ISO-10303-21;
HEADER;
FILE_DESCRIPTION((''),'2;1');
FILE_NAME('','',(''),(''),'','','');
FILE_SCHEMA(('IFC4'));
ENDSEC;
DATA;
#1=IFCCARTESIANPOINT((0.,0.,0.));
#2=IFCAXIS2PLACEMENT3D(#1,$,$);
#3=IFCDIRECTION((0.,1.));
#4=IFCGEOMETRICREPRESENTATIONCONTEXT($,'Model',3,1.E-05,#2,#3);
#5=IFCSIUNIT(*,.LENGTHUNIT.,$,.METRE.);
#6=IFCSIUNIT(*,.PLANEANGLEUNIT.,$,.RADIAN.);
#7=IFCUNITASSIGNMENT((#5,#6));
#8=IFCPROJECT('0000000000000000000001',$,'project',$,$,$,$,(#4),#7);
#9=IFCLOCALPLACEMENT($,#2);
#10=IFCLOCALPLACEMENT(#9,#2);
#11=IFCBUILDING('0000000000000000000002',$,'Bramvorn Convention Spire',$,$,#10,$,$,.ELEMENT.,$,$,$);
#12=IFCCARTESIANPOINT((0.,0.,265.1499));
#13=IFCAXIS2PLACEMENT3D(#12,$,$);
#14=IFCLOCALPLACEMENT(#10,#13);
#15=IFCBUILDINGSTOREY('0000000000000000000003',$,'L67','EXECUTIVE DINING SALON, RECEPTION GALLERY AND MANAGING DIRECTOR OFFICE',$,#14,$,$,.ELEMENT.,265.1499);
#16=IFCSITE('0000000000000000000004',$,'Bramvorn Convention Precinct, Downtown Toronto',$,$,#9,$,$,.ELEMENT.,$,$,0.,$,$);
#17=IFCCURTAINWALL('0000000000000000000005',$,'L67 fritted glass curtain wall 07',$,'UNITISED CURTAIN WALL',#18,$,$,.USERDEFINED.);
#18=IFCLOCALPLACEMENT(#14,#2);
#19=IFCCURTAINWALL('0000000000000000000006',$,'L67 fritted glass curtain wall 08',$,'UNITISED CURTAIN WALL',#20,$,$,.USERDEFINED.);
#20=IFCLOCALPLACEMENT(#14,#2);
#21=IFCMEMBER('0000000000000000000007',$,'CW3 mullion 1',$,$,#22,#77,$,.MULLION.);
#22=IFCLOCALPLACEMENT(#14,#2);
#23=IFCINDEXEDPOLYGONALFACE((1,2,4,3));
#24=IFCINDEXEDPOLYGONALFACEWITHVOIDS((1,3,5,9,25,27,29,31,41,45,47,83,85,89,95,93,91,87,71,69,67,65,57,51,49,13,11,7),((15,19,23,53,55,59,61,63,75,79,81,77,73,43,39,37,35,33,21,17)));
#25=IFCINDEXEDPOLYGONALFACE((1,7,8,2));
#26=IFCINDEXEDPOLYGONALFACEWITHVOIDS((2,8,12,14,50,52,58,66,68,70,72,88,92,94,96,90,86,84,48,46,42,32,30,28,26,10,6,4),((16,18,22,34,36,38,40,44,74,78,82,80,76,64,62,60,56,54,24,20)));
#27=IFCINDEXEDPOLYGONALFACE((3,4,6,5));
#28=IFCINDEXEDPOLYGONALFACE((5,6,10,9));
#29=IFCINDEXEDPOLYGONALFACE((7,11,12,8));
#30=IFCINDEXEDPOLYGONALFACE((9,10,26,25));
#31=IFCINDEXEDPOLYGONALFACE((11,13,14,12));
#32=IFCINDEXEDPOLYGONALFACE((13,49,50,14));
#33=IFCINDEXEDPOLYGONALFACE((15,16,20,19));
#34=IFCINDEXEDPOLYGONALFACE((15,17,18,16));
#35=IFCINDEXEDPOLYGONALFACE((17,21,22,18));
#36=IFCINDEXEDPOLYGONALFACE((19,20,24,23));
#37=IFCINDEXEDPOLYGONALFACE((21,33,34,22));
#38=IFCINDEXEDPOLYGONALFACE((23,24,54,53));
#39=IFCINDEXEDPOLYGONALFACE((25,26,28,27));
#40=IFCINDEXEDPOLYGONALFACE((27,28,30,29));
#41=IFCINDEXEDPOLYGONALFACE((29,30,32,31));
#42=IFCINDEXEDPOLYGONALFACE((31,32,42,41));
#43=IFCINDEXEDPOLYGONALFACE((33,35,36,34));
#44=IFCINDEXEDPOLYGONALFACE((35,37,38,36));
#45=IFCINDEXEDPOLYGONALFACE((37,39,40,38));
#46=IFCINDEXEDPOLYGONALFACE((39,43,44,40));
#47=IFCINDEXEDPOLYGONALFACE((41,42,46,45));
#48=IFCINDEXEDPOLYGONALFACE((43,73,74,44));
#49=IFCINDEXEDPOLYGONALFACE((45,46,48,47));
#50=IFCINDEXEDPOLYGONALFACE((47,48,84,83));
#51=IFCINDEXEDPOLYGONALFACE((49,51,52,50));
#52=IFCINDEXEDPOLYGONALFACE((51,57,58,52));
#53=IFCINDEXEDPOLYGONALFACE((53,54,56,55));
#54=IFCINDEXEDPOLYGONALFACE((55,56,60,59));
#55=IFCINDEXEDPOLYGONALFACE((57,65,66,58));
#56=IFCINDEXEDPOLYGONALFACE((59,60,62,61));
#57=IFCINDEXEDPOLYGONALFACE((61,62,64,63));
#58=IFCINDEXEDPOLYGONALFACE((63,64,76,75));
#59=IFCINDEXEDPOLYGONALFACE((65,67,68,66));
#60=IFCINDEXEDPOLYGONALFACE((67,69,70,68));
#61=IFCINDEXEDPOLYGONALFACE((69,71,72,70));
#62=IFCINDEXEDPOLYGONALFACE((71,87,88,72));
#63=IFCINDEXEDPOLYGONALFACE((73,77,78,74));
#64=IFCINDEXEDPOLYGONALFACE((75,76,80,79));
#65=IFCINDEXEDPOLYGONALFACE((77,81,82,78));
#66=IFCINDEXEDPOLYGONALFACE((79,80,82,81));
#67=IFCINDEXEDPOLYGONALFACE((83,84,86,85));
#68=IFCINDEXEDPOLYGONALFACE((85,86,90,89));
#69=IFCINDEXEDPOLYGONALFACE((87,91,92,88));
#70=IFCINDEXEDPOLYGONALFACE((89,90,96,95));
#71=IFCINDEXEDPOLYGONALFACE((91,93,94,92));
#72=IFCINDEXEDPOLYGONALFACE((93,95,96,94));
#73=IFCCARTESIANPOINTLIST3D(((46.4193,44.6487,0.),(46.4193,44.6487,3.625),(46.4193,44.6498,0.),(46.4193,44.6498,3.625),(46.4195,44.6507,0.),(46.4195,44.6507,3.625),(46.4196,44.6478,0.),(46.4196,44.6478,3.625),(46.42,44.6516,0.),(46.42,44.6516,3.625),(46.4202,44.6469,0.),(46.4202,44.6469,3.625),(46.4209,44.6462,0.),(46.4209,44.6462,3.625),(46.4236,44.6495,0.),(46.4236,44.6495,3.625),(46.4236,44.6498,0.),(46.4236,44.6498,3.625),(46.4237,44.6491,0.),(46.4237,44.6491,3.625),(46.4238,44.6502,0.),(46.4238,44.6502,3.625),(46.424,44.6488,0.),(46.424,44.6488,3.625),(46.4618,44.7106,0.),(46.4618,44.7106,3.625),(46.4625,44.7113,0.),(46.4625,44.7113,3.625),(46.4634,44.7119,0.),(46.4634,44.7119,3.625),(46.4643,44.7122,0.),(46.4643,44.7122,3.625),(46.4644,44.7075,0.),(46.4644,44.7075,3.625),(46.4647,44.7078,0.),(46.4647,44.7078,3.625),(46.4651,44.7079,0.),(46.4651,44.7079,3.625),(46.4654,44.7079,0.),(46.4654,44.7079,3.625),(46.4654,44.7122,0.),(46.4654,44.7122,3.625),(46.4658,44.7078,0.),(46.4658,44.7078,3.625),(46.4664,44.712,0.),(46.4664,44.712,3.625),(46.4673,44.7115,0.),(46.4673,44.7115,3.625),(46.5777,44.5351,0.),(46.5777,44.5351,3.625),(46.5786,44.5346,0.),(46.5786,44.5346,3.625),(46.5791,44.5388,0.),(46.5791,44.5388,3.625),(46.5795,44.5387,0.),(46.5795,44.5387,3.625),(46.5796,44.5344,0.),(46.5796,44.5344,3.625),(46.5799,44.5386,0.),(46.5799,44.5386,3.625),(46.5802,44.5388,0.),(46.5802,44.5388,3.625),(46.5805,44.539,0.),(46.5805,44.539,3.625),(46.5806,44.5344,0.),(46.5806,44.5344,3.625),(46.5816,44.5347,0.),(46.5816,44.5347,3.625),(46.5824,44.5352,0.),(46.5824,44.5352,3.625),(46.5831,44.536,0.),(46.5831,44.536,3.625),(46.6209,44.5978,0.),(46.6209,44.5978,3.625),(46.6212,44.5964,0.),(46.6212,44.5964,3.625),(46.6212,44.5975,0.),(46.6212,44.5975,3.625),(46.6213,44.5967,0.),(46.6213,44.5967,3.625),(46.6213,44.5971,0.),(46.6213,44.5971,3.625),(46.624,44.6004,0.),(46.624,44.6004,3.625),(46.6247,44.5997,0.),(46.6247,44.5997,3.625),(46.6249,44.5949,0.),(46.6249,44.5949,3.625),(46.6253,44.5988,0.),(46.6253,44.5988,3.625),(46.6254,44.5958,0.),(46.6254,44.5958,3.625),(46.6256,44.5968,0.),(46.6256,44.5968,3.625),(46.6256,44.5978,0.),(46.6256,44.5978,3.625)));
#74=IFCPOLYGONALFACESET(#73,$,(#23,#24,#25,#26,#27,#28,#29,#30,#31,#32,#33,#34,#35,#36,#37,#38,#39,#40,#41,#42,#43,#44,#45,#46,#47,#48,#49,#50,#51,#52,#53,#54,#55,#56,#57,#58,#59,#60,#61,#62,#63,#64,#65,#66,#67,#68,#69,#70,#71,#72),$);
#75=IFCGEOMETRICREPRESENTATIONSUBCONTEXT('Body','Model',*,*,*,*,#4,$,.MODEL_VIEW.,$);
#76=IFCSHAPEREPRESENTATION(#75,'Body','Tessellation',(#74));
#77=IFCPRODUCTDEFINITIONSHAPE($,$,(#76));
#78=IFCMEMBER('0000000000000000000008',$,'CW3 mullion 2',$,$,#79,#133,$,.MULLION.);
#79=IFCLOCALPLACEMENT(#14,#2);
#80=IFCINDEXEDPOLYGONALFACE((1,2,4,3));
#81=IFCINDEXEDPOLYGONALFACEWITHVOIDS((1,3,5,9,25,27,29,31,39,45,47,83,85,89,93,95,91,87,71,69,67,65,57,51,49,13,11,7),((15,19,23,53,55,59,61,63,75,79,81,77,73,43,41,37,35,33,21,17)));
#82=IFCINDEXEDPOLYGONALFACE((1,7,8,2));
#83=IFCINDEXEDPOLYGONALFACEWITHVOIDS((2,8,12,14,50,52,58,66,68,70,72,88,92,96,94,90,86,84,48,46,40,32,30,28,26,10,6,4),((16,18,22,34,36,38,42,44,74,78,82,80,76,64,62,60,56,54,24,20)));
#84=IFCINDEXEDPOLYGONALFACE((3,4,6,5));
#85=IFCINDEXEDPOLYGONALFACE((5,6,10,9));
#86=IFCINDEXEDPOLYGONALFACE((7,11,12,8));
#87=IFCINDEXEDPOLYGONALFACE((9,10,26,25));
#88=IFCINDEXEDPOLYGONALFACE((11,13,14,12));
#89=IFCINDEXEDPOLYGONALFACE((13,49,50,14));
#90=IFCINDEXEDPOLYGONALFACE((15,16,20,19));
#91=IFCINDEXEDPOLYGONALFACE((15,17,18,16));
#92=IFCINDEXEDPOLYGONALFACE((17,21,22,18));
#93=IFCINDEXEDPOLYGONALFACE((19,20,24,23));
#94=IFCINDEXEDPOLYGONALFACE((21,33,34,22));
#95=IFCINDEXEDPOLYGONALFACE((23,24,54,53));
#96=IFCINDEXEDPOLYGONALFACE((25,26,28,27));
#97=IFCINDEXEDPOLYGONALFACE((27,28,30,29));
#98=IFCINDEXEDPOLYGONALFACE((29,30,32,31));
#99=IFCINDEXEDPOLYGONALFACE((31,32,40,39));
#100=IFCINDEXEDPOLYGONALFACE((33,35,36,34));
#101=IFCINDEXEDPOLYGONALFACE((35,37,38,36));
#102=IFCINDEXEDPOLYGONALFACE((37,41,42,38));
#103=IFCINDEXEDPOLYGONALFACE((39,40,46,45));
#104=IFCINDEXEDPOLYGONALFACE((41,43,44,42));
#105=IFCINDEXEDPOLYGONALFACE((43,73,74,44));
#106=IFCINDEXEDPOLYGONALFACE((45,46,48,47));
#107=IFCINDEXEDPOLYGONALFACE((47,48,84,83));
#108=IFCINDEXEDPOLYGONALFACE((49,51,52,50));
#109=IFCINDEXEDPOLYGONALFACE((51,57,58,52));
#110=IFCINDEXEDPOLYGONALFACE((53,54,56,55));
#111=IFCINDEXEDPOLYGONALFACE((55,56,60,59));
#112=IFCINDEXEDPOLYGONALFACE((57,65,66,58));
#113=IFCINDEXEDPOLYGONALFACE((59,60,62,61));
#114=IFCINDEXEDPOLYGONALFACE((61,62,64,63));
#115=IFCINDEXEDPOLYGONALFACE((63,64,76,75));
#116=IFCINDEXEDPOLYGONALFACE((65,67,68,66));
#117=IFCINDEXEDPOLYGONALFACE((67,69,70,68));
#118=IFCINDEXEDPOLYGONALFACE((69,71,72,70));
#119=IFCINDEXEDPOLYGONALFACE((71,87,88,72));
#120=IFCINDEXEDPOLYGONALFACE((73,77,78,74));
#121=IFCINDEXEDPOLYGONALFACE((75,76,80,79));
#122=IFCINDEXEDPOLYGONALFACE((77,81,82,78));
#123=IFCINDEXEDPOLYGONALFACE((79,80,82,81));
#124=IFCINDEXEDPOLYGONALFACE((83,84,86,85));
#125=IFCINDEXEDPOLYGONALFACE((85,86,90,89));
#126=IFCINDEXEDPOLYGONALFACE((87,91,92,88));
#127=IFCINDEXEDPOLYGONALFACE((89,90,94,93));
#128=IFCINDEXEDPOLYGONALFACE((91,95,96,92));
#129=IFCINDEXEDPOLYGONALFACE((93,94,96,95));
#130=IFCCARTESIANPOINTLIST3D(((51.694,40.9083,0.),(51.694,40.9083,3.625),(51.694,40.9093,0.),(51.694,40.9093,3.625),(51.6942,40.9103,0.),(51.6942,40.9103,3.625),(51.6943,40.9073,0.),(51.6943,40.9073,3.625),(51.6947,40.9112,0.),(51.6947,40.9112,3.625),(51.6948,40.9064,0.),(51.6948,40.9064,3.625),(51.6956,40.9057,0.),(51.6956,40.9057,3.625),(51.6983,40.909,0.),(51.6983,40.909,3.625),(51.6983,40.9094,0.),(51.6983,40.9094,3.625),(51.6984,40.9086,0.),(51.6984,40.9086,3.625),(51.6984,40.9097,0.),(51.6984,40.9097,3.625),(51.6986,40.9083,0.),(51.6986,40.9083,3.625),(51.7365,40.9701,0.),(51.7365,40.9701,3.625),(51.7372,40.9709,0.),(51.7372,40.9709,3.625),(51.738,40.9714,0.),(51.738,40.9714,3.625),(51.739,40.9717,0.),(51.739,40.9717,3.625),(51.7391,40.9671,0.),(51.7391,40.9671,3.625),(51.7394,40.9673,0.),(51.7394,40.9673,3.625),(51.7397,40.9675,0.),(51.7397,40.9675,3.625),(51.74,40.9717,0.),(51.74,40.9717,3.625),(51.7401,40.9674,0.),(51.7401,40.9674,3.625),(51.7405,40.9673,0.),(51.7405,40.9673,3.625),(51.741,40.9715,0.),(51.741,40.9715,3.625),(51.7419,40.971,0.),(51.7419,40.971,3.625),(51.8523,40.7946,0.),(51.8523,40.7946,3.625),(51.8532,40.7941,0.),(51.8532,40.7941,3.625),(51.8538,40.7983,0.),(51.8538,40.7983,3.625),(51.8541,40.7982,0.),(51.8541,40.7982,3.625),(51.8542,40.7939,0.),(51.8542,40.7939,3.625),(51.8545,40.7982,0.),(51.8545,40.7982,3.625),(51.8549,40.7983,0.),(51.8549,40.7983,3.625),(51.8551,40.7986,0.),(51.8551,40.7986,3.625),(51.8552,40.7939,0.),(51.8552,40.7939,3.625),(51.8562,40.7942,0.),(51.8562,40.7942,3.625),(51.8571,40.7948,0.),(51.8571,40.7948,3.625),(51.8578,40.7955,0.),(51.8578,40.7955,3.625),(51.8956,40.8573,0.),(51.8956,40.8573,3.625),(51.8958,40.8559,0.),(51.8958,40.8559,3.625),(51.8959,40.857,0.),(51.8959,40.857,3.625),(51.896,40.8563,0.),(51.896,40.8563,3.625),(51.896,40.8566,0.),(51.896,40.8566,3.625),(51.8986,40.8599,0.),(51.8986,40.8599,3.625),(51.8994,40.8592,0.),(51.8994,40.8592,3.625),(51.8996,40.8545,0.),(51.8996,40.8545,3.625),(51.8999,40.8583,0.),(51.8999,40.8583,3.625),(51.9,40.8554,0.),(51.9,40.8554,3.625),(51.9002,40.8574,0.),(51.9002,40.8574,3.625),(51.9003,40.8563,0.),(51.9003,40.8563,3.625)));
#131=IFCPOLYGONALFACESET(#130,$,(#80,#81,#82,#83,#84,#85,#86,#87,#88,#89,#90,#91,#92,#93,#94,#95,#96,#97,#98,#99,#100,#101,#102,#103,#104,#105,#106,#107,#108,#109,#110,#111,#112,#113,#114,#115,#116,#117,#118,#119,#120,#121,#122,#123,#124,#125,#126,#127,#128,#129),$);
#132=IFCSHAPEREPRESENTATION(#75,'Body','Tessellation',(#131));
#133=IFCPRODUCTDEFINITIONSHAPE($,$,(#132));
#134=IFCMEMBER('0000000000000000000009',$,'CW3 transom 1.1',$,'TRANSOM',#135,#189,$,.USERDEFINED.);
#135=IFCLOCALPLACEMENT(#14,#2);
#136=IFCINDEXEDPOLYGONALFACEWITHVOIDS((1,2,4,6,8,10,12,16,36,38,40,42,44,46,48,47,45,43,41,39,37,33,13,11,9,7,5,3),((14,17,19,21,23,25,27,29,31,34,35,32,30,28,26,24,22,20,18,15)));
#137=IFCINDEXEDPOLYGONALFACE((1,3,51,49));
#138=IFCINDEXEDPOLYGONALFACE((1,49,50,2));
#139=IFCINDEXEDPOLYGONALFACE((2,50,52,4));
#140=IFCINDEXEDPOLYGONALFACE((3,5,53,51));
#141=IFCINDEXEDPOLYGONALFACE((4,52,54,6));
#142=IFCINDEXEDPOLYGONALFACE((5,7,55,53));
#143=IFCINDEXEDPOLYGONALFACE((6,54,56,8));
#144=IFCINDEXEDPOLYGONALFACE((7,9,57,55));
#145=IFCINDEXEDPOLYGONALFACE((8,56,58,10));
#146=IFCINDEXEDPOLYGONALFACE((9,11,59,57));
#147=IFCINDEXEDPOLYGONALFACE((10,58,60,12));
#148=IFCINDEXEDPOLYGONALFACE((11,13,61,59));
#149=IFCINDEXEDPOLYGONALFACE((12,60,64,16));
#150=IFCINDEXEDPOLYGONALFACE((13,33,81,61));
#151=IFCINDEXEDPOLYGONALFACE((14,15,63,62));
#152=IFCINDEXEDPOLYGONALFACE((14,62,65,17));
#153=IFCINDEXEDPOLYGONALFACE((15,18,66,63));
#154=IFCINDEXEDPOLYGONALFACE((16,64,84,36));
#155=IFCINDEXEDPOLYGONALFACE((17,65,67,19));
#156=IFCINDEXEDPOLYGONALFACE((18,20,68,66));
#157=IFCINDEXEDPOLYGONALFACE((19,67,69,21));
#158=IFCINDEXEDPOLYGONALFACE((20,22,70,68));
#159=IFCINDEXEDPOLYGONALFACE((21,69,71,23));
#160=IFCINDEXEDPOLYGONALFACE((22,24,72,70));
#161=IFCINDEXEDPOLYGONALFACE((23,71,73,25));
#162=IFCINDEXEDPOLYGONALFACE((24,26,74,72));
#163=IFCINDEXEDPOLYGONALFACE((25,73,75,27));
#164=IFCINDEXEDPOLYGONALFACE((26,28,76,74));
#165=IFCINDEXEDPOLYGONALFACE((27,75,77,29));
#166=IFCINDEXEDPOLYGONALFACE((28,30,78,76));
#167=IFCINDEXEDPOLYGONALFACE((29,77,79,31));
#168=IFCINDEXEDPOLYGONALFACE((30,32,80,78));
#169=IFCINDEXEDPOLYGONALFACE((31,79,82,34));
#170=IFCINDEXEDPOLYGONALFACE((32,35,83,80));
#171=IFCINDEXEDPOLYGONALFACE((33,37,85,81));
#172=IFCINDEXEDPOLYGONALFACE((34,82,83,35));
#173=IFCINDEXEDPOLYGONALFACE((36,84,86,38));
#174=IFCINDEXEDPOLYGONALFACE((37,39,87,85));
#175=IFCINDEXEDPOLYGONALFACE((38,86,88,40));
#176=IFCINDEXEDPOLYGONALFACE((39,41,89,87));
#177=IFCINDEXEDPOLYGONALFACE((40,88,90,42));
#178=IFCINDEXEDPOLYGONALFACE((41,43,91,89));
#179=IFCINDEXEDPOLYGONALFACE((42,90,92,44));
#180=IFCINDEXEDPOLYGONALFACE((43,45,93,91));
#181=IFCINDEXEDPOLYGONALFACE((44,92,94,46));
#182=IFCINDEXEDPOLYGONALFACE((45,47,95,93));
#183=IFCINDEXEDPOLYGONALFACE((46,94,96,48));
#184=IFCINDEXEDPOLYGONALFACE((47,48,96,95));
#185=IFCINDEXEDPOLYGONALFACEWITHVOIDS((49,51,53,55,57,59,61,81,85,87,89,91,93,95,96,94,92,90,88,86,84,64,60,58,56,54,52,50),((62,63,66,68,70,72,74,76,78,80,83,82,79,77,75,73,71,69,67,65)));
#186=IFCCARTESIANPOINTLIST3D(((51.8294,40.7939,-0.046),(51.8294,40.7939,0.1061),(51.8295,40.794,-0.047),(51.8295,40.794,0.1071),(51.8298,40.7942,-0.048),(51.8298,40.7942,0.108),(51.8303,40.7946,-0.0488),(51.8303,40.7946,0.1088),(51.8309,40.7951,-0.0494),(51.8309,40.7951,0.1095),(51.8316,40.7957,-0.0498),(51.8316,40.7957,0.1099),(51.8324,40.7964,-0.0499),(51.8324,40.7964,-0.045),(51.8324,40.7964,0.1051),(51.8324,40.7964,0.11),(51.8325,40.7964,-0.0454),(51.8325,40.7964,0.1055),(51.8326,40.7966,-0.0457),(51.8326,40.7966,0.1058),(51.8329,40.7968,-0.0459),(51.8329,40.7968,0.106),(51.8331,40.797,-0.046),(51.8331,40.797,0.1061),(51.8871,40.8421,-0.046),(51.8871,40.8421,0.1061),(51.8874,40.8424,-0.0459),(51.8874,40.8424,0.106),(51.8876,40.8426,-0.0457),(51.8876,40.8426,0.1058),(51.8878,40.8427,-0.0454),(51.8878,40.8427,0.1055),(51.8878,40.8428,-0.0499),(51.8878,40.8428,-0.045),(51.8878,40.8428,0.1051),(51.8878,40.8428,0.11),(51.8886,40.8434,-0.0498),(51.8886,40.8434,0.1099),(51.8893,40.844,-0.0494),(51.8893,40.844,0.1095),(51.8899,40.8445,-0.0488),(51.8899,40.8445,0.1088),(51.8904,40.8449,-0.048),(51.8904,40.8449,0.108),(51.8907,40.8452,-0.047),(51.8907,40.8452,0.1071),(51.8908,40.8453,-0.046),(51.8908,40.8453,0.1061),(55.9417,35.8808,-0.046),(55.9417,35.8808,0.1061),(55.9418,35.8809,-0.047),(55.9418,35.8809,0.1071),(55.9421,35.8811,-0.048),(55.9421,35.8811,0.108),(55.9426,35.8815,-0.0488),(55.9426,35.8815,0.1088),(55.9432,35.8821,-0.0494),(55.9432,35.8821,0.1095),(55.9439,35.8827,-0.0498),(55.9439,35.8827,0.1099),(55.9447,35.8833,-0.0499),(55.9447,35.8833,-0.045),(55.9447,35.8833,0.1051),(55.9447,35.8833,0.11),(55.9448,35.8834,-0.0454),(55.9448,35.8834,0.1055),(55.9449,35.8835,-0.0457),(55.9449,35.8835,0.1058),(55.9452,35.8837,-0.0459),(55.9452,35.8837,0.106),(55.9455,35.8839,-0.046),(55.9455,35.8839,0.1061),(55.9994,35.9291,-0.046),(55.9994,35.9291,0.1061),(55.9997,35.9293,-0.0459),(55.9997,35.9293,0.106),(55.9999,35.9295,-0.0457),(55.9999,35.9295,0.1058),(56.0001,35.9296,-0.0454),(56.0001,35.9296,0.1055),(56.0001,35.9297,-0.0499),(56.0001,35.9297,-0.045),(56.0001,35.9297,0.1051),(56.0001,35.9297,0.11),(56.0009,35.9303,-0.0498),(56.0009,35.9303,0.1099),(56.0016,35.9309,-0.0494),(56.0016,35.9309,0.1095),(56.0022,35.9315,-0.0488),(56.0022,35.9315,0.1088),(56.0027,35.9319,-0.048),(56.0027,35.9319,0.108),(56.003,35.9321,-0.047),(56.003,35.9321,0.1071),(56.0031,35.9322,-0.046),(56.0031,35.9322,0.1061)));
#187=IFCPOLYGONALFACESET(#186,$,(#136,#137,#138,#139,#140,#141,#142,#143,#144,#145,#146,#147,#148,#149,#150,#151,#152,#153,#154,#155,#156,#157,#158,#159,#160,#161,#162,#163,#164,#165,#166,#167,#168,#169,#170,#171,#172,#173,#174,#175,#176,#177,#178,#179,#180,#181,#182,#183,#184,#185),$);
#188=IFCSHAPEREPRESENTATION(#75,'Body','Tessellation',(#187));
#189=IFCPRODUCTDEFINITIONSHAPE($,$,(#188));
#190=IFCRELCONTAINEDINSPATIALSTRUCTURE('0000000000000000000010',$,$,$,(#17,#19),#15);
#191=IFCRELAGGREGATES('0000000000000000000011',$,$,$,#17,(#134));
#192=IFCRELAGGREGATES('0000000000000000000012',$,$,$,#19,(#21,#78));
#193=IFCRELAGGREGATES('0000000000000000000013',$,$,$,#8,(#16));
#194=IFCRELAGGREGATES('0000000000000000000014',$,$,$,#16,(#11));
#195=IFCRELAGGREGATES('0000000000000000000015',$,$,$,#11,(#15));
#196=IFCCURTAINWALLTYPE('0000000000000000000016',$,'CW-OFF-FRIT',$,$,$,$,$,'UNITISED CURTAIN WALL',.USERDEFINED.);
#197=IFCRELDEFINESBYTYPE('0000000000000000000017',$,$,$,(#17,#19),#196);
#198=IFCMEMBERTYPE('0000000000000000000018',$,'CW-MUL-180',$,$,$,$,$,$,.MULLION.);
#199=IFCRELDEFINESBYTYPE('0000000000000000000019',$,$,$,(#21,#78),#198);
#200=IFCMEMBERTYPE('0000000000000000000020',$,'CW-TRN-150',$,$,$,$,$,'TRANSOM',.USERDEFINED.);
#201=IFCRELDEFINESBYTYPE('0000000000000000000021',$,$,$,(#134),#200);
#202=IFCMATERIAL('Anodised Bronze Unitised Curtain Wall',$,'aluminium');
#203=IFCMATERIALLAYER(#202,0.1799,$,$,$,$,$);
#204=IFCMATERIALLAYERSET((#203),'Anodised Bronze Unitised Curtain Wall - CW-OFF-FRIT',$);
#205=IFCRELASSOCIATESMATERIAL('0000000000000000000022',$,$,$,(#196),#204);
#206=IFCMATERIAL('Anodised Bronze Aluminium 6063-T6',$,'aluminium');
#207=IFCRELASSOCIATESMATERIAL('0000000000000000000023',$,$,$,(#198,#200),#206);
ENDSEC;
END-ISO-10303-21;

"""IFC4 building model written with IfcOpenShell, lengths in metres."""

from ifc_helpers import new_model, si_unit, direction, frame, origin, origin_2d, place, context, subcontext, project, spatial, hollow_rectangle, extrude, material, layer, layer_set, material_profile, profile_set, type_object, element, aggregate, save


model = new_model("IFC4")

# Units and contexts
model_context = context("Model", 3, precision=1e-05, world=origin(), true_north=direction((0.0, 1.0)))
body_context = subcontext(model_context, "Body", "Model", "MODEL_VIEW")
ifc_project = project(units=[si_unit("LENGTHUNIT", "METRE"), si_unit("PLANEANGLEUNIT", "RADIAN")], contexts=[model_context])

# Site, building, storey
site_placement = place(None, origin())
site = spatial("IfcSite", under=ifc_project, at=site_placement, Name="Bramvorn Convention Precinct, Downtown Toronto", CompositionType="ELEMENT", RefElevation=0.0)
building_placement = place(site_placement, origin())
building = spatial("IfcBuilding", under=site, at=building_placement, Name="Bramvorn Convention Spire", CompositionType="ELEMENT")
storey_placement = place(building_placement, frame((0.0, 0.0, 265.1499)))
storey = spatial("IfcBuildingStorey", under=building, at=storey_placement, Name="L67", Description="EXECUTIVE DINING SALON, RECEPTION GALLERY AND MANAGING DIRECTOR OFFICE", CompositionType="ELEMENT", Elevation=265.1499)

# Curtain walls, members
ifc_material_1 = material(Name="Anodised Bronze Unitised Curtain Wall", Category="aluminium")
ifc_layer_1 = layer(ifc_material_1, 0.1799)
ifc_layer_set_1 = layer_set([ifc_layer_1], Name="Anodised Bronze Unitised Curtain Wall - CW-OFF-FRIT")
curtain_wall_type = type_object("IfcCurtainWallType", Name="CW-OFF-FRIT", ElementType="UNITISED CURTAIN WALL", PredefinedType="USERDEFINED", material=ifc_layer_set_1)
curtain_wall_1_placement = place(storey_placement, origin())
curtain_wall_1 = element("IfcCurtainWall", 1, at=curtain_wall_1_placement, inside=storey, type_object=curtain_wall_type, Name="L67 fritted glass curtain wall 07", ObjectType="UNITISED CURTAIN WALL", PredefinedType="USERDEFINED")
ifc_material_2 = material(Name="Anodised Bronze Aluminium 6063-T6", Category="aluminium")
ifc_material_profile_1 = material_profile(ifc_material_2, hollow_rectangle(XDim=0.0801, YDim=0.2, WallThickness=0.0039, InnerFilletRadius=0.001, OuterFilletRadius=0.0039, at=origin_2d()))
ifc_profile_set_1 = profile_set([ifc_material_profile_1], Name="Anodised Bronze Aluminium 6063-T6 - CWM80X200")
member_type_1 = type_object("IfcMemberType", Name="CW-MUL-180", PredefinedType="MULLION", material=ifc_profile_set_1)
curtain_wall_2_placement = place(storey_placement, origin())
curtain_wall_2 = element("IfcCurtainWall", 2, at=curtain_wall_2_placement, inside=storey, type_object=curtain_wall_type, Name="L67 fritted glass curtain wall 08", ObjectType="UNITISED CURTAIN WALL", PredefinedType="USERDEFINED")
member_1_placement = place(storey_placement, frame((46.5225, 44.6233, 0.0), z_axis=(0.0, 0.0, 1.0), x_axis=(0.578465, 0.815707, 0.0)))
member_1 = element("IfcMember", 3, at=member_1_placement, type_object=member_type_1, Name="CW3 mullion 1", PredefinedType="MULLION", context=body_context, shape_type="SweptSolid", body=[
    extrude(hollow_rectangle(XDim=0.0801, YDim=0.2, WallThickness=0.0039, InnerFilletRadius=0.001, OuterFilletRadius=0.0039, at=origin_2d()), origin(), (0.0, 0.0, 1.0), 3.625),
])
member_2_placement = place(storey_placement, frame((51.7971, 40.8828, 0.0), z_axis=(0.0, 0.0, 1.0), x_axis=(0.578465, 0.815707, 0.0)))
member_2 = element("IfcMember", 4, at=member_2_placement, type_object=member_type_1, Name="CW3 mullion 2", PredefinedType="MULLION", context=body_context, shape_type="SweptSolid", body=[
    extrude(hollow_rectangle(XDim=0.0801, YDim=0.2, WallThickness=0.0039, InnerFilletRadius=0.001, OuterFilletRadius=0.0039, at=origin_2d()), origin(), (0.0, 0.0, 1.0), 3.625),
])

# Member
ifc_material_profile_2 = material_profile(ifc_material_2, hollow_rectangle(XDim=0.0801, YDim=0.1599, WallThickness=0.0039, InnerFilletRadius=0.001, OuterFilletRadius=0.0039, at=origin_2d()))
ifc_profile_set_2 = profile_set([ifc_material_profile_2], Name="Anodised Bronze Aluminium 6063-T6 - CWT80X160")
member_type_2 = type_object("IfcMemberType", Name="CW-TRN-150", ElementType="TRANSOM", PredefinedType="USERDEFINED", material=ifc_profile_set_2)
member_3_placement = place(storey_placement, frame((51.8601, 40.8196, 0.03), z_axis=(0.641847, -0.766833, 0.0), x_axis=(0.766833, 0.641847, 0.0)))
member_3 = element("IfcMember", 5, at=member_3_placement, type_object=member_type_2, Name="CW3 transom 1.1", ObjectType="TRANSOM", PredefinedType="USERDEFINED", context=body_context, shape_type="SweptSolid", body=[
    extrude(hollow_rectangle(XDim=0.0801, YDim=0.1599, WallThickness=0.0039, InnerFilletRadius=0.001, OuterFilletRadius=0.0039, at=origin_2d()), origin(), (0.0, 0.0, 1.0), 6.407),
])

aggregate(curtain_wall_1, [member_3])
aggregate(curtain_wall_2, [member_1, member_2])

save(model, "model.ifc")
